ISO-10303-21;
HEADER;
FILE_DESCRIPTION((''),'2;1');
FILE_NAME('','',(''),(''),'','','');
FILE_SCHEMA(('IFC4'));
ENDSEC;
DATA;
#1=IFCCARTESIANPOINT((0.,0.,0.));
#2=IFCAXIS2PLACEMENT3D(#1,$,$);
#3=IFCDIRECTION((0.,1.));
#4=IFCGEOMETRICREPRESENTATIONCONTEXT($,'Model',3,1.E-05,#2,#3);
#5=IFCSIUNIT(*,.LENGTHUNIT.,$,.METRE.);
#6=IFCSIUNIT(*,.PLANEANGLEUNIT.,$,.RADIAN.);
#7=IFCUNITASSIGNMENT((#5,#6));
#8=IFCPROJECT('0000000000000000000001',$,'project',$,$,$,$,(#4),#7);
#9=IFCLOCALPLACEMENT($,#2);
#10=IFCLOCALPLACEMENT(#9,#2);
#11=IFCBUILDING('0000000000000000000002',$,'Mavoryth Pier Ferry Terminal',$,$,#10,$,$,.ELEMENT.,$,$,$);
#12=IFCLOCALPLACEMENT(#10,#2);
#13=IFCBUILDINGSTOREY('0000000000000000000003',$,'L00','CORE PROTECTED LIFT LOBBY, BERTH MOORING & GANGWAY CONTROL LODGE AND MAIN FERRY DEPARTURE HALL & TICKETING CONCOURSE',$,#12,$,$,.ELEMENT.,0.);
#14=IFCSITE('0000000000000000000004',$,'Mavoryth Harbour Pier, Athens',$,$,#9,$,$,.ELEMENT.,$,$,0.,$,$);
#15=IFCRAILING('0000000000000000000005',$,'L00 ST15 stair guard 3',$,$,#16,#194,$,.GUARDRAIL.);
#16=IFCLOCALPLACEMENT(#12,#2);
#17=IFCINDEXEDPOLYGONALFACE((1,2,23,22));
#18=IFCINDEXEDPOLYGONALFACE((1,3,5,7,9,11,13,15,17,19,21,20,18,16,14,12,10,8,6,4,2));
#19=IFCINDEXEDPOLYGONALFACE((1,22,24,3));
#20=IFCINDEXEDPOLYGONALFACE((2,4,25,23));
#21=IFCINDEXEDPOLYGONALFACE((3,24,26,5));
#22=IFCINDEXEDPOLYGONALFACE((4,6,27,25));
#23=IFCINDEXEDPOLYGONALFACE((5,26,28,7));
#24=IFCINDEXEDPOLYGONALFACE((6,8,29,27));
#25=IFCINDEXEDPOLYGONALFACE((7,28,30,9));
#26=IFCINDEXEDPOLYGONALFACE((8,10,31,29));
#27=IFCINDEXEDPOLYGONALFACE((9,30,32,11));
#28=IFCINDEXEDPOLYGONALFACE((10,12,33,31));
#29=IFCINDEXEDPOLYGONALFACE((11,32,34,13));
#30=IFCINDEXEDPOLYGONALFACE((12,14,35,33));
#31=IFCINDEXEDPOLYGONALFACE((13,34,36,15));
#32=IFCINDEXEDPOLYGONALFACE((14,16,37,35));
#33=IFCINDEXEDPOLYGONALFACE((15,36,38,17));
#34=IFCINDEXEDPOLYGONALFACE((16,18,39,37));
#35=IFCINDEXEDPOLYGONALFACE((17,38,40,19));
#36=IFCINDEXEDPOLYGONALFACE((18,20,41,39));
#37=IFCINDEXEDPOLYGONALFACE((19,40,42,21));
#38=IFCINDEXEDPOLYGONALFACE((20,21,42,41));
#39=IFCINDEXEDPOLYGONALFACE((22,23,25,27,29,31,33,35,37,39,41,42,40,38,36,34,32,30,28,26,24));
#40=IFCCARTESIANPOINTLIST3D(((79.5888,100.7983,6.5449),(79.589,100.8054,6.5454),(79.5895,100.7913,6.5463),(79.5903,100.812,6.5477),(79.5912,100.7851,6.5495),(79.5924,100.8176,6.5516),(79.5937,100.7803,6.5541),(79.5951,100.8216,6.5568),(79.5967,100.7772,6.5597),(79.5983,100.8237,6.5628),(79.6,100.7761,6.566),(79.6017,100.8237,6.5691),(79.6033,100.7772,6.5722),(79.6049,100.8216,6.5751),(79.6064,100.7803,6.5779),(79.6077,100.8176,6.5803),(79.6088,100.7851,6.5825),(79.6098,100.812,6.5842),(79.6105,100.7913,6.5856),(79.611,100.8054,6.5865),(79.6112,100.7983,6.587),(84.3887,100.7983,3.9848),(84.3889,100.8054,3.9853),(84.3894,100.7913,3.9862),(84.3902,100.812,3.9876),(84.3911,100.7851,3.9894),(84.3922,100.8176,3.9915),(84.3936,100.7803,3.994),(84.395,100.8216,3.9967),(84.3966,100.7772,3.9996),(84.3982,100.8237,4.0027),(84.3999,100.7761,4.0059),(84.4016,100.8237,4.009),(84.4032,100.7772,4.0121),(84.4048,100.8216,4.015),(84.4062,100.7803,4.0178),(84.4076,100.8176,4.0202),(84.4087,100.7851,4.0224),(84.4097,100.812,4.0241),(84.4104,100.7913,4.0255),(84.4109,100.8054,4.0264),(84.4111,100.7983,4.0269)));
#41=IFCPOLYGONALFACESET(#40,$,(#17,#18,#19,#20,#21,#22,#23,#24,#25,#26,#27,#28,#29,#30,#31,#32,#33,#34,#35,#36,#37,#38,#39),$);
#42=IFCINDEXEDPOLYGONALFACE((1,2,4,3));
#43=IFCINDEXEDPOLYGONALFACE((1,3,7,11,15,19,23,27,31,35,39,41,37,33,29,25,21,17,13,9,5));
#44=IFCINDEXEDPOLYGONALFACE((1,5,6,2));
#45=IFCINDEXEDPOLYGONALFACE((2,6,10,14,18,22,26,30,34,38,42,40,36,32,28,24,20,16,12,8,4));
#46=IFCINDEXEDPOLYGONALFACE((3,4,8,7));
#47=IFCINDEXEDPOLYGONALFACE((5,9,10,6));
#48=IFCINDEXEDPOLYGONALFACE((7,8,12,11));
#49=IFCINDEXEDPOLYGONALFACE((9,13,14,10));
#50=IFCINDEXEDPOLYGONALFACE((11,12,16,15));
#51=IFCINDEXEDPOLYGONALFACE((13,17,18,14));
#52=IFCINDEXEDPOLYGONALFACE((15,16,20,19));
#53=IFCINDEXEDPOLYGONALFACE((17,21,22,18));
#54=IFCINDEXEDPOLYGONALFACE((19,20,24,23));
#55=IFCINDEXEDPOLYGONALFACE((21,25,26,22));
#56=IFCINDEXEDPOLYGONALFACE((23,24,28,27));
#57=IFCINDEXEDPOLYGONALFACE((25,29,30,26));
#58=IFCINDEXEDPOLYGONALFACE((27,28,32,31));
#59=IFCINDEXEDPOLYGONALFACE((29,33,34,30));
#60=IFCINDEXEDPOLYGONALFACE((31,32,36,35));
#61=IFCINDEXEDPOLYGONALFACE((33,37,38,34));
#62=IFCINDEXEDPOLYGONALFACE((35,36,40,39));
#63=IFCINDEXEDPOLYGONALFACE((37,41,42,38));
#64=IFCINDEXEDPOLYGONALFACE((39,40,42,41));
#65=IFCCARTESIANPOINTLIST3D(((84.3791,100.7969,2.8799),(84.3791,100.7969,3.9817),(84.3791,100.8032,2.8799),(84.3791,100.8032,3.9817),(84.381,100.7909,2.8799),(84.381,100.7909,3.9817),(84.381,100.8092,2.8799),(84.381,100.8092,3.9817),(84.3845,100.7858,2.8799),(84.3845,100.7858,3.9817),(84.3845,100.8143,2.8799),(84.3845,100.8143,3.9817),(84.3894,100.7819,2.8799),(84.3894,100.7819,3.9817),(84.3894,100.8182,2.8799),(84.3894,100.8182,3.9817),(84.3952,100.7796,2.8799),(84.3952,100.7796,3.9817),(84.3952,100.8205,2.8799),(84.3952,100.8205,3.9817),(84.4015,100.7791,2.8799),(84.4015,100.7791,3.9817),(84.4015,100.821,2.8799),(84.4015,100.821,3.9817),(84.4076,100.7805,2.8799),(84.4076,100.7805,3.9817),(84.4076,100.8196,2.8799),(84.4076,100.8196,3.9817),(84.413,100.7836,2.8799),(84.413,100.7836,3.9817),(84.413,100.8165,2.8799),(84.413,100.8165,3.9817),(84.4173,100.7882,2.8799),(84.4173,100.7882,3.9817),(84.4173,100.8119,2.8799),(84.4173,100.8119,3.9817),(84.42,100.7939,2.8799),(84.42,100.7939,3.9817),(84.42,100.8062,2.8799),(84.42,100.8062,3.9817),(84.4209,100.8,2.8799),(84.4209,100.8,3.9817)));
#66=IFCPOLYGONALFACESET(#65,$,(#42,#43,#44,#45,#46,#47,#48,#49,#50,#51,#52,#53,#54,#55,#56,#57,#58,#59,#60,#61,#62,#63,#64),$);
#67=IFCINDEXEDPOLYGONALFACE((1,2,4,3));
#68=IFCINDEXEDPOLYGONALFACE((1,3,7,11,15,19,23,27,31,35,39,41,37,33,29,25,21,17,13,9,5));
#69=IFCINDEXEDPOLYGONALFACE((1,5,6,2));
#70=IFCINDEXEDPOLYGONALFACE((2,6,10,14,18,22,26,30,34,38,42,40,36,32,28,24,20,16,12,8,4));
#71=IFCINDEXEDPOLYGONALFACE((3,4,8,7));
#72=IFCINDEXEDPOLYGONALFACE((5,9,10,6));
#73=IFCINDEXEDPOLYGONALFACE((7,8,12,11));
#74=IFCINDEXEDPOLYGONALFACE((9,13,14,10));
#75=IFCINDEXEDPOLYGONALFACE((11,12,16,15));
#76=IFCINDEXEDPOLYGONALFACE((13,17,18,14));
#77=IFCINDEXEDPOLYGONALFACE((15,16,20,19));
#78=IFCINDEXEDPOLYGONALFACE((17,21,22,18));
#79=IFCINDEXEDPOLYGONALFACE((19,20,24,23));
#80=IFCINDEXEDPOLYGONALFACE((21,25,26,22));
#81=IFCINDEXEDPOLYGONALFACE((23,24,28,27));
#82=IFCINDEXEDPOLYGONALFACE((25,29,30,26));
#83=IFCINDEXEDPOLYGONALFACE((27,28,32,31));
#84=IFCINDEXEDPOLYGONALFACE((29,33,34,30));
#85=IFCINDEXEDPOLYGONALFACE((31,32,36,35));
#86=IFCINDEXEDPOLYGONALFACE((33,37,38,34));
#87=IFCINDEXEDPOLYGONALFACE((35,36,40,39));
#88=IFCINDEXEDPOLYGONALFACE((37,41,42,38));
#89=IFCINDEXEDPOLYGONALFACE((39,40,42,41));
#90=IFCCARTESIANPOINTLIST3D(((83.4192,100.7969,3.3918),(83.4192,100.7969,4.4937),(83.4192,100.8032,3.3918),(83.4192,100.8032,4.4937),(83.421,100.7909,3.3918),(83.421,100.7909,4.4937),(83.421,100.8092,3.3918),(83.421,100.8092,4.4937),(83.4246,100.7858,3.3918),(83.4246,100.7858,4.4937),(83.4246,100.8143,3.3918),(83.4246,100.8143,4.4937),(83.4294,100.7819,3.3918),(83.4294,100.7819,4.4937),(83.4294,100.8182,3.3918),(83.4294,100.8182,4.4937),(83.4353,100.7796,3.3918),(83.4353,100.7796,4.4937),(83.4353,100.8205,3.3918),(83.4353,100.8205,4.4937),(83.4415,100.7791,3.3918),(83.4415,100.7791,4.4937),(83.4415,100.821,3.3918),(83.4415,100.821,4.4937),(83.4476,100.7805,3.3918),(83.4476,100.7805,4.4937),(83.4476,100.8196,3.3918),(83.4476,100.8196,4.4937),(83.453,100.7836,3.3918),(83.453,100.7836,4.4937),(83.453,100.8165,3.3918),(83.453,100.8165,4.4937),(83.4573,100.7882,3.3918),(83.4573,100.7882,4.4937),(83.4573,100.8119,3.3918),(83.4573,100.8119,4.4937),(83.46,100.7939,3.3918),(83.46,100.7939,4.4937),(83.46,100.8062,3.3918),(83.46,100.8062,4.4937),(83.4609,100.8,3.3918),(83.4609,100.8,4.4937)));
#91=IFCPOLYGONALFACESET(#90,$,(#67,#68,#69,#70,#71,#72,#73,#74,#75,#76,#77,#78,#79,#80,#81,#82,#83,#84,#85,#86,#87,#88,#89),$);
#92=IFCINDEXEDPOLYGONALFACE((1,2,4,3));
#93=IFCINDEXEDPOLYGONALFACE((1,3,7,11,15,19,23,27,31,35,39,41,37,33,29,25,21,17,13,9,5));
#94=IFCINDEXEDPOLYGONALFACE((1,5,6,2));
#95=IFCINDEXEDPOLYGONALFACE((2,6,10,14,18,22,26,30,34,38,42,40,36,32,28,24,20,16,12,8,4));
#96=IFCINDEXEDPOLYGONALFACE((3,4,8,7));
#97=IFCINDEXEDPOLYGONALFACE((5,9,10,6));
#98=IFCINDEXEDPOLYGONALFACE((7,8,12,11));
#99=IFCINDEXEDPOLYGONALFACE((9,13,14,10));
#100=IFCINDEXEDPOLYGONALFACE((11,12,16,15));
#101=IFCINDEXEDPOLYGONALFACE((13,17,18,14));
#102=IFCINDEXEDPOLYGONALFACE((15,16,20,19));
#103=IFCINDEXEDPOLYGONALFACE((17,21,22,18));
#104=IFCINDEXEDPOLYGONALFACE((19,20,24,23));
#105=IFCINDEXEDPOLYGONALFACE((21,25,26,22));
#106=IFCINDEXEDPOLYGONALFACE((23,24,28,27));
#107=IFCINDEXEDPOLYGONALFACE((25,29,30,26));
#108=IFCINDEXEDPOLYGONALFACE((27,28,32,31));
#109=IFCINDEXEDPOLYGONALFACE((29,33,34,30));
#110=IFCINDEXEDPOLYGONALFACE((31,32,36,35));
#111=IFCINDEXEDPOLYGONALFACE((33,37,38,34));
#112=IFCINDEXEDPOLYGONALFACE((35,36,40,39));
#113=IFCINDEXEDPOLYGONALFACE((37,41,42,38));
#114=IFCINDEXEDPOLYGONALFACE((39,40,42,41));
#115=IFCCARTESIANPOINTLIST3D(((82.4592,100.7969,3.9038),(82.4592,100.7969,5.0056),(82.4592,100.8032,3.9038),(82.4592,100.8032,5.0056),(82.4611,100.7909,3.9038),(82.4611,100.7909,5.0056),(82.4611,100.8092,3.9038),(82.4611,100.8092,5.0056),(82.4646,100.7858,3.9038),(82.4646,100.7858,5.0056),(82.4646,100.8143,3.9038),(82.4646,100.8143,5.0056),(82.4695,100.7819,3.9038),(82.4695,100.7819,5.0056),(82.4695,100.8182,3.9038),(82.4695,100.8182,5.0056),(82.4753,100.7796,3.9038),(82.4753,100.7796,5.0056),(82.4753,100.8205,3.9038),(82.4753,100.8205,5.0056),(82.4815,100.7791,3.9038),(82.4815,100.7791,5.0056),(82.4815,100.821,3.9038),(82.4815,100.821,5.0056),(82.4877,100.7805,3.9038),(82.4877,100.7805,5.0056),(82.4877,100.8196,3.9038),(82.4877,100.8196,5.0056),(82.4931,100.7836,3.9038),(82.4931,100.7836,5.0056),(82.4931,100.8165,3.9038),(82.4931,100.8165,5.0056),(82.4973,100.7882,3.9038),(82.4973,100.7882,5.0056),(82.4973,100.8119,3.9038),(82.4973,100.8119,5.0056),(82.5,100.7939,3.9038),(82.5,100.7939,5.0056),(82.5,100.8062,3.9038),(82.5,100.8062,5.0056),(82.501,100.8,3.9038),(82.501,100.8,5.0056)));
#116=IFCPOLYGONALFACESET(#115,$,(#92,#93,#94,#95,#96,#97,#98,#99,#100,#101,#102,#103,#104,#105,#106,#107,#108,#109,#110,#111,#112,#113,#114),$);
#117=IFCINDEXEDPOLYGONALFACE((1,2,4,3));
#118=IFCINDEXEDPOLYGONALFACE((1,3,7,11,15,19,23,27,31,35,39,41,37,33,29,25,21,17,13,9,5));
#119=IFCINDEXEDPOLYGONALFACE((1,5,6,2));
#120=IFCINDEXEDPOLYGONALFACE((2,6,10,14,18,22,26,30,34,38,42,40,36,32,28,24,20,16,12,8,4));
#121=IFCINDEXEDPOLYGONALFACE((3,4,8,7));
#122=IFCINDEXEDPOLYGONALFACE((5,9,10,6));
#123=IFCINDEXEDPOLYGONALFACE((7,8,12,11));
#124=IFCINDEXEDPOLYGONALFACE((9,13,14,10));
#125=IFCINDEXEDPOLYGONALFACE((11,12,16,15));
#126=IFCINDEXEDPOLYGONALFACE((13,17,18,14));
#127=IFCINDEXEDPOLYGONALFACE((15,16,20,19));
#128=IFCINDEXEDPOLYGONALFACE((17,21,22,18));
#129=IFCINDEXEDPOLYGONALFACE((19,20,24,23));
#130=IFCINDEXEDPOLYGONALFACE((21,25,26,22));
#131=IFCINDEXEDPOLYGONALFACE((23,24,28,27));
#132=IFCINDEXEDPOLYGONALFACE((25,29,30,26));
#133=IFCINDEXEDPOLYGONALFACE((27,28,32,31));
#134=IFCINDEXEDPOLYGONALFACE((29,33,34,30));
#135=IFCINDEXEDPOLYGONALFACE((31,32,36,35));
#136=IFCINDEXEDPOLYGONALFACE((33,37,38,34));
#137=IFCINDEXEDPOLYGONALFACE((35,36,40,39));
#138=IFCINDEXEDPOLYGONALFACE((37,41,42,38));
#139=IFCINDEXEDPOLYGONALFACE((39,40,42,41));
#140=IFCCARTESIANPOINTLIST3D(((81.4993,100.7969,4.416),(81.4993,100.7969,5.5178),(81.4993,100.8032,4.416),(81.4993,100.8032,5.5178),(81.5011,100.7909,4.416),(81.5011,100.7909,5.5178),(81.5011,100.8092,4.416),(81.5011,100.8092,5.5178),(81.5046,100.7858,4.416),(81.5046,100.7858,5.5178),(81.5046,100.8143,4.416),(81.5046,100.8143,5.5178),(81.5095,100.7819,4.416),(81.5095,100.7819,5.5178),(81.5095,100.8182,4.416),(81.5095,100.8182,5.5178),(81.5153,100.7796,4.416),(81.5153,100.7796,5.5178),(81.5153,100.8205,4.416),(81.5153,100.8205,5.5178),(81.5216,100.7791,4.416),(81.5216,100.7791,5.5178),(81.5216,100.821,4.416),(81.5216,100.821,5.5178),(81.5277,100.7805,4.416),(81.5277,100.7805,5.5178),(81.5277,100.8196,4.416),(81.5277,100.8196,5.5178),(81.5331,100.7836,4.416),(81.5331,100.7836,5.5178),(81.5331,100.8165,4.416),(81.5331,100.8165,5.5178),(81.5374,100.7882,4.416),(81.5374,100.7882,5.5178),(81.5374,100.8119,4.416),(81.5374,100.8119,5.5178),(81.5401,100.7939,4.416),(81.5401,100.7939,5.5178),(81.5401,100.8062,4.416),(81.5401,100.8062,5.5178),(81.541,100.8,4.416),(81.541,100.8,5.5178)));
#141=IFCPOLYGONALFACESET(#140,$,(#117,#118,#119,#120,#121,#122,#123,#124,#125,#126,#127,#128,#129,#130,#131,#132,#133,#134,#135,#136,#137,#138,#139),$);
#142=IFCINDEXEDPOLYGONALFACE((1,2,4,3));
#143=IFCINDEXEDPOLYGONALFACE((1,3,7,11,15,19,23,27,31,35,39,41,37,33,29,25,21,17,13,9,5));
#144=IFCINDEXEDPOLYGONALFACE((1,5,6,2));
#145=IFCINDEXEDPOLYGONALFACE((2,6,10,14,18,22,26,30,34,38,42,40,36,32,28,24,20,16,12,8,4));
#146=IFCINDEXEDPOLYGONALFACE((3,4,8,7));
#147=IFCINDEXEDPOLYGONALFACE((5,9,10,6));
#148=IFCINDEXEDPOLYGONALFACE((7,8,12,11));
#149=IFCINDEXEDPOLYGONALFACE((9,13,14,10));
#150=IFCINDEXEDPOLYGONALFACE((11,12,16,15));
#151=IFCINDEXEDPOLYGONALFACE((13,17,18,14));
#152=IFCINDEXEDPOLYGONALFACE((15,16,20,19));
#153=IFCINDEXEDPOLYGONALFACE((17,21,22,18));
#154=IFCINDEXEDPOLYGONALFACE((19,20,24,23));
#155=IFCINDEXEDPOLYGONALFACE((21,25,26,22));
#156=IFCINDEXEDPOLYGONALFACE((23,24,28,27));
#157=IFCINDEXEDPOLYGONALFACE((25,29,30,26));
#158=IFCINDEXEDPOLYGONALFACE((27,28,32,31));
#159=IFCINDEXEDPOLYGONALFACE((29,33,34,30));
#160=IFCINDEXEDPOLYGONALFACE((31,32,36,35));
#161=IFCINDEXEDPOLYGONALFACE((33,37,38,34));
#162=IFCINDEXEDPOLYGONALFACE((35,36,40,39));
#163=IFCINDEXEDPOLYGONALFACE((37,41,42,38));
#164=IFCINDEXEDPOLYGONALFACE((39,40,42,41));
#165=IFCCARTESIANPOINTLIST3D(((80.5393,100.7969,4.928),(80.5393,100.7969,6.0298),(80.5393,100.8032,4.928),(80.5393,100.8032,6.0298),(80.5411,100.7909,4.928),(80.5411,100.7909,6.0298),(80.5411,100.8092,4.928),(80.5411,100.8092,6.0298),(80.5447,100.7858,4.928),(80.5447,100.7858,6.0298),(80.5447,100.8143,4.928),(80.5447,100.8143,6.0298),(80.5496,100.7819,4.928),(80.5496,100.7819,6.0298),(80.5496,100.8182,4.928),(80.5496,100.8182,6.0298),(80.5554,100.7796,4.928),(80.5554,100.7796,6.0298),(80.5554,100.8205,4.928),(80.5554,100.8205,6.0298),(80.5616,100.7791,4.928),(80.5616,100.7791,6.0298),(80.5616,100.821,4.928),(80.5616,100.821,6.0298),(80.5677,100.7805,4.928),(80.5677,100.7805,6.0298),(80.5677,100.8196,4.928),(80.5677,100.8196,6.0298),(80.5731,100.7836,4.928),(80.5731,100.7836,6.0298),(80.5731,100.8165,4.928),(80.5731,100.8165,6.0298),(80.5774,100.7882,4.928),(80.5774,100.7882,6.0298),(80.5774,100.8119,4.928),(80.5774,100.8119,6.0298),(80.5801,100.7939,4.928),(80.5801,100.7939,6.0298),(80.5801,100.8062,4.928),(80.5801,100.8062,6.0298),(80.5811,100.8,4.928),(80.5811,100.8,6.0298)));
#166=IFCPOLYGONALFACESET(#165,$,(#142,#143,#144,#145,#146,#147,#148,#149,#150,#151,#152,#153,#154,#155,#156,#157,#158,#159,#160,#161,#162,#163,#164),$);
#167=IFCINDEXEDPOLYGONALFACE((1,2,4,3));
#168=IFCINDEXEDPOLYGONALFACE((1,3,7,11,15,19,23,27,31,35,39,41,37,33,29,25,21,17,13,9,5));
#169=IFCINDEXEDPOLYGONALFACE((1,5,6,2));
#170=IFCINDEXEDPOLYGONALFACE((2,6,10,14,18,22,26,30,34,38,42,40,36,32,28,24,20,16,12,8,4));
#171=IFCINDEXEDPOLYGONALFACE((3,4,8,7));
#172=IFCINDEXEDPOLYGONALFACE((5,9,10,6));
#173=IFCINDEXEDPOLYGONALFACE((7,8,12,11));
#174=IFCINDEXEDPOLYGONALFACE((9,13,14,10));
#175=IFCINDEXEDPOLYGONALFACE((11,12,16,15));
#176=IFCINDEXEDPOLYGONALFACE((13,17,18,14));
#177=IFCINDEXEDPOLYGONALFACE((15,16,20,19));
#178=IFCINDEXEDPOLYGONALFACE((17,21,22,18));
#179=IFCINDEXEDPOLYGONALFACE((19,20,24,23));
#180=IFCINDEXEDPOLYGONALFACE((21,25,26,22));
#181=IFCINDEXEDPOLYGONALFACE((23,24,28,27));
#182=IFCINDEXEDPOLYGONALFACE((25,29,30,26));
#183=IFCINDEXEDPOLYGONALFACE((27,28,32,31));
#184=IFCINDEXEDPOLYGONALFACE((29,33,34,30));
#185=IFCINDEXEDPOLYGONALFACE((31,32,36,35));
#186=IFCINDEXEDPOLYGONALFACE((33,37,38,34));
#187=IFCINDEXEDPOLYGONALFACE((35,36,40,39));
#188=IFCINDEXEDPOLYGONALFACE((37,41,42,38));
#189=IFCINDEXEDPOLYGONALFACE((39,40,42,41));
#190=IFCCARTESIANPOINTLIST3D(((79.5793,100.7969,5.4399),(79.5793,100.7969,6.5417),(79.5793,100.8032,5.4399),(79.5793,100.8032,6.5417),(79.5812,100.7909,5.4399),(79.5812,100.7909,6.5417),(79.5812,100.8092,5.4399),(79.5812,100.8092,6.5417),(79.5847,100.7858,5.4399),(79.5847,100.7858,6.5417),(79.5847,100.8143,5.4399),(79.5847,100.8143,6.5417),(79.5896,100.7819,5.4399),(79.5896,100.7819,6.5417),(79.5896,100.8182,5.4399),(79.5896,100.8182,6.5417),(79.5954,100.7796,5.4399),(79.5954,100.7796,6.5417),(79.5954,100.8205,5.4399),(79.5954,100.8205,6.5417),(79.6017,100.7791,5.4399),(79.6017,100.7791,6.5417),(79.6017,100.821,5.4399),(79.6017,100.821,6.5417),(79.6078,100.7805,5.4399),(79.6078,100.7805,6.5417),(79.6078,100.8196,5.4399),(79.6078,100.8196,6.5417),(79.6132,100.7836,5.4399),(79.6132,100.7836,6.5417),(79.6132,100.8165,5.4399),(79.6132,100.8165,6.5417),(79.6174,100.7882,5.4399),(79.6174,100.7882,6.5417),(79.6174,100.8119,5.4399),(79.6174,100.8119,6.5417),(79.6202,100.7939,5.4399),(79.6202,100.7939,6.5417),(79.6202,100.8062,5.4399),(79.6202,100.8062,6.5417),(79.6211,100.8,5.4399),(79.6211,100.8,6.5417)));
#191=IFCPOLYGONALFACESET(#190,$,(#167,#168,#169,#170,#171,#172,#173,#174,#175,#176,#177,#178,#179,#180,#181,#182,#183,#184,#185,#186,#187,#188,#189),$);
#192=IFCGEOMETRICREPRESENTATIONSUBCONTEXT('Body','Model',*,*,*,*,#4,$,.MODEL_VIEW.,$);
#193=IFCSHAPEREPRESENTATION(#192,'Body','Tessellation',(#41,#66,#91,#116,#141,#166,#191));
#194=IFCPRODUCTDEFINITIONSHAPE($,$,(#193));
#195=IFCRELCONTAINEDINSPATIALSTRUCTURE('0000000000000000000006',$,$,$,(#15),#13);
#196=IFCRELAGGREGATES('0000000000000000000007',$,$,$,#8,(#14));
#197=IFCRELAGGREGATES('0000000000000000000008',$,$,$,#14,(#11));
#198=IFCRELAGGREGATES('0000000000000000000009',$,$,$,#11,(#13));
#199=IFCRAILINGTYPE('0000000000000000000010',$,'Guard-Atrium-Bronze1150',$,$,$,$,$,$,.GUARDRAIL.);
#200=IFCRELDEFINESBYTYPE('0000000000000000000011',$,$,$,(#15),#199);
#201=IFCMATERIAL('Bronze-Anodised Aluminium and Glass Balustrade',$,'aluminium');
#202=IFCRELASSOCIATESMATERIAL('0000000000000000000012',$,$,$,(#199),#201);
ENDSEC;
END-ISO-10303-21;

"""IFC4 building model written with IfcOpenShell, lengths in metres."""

from ifc_helpers import new_model, si_unit, direction, frame, origin, origin_2d, place, context, subcontext, project, spatial, circle, extrude, material, type_object, element, save


model = new_model("IFC4")

# Units and contexts
model_context = context("Model", 3, precision=1e-05, world=origin(), true_north=direction((0.0, 1.0)))
body_context = subcontext(model_context, "Body", "Model", "MODEL_VIEW")
ifc_project = project(units=[si_unit("LENGTHUNIT", "METRE"), si_unit("PLANEANGLEUNIT", "RADIAN")], contexts=[model_context])

# Site, building, storey
site_placement = place(None, origin())
site = spatial("IfcSite", under=ifc_project, at=site_placement, Name="Mavoryth Harbour Pier, Athens", CompositionType="ELEMENT", RefElevation=0.0)
building_placement = place(site_placement, origin())
building = spatial("IfcBuilding", under=site, at=building_placement, Name="Mavoryth Pier Ferry Terminal", CompositionType="ELEMENT")
storey_placement = place(building_placement, origin())
storey = spatial("IfcBuildingStorey", under=building, at=storey_placement, Name="L00", Description="CORE PROTECTED LIFT LOBBY, BERTH MOORING & GANGWAY CONTROL LODGE AND MAIN FERRY DEPARTURE HALL & TICKETING CONCOURSE", CompositionType="ELEMENT", Elevation=0.0)

# Railing
ifc_material_1 = material(Name="Bronze-Anodised Aluminium and Glass Balustrade", Category="aluminium")
railing_type_1 = type_object("IfcRailingType", Name="Guard-Atrium-Bronze1150", PredefinedType="GUARDRAIL", material=ifc_material_1)
railing_1_placement = place(storey_placement, frame((84.3999, 100.8, 2.8799)))
element("IfcRailing", 1, at=railing_1_placement, inside=storey, type_object=railing_type_1, Name="L00 ST15 stair guard 3", PredefinedType="GUARDRAIL", context=body_context, shape_type="SweptSolid", body=[
    extrude(circle(Radius=0.0239, at=origin_2d()), frame((0.0, 0.0, 1.126), z_axis=(-0.882341, 0.0, 0.470612), x_axis=(0.0, -1.0, 0.0)), (0.0, 0.0, 1.0), 5.4399),
    extrude(circle(Radius=0.021, at=origin_2d()), origin(), (0.0, 0.0, 1.0), 1.1018),
    extrude(circle(Radius=0.021, at=origin_2d()), frame((-0.96, 0.0, 0.512)), (0.0, 0.0, 1.0), 1.1018),
    extrude(circle(Radius=0.021, at=origin_2d()), frame((-1.9199, 0.0, 1.0239)), (0.0, 0.0, 1.0), 1.1018),
    extrude(circle(Radius=0.021, at=origin_2d()), frame((-2.8799, 0.0, 1.5361)), (0.0, 0.0, 1.0), 1.1018),
    extrude(circle(Radius=0.021, at=origin_2d()), frame((-3.8398, 0.0, 2.0481)), (0.0, 0.0, 1.0), 1.1018),
    extrude(circle(Radius=0.021, at=origin_2d()), frame((-4.7998, 0.0, 2.5601)), (0.0, 0.0, 1.0), 1.1018),
])

save(model, "model.ifc")
